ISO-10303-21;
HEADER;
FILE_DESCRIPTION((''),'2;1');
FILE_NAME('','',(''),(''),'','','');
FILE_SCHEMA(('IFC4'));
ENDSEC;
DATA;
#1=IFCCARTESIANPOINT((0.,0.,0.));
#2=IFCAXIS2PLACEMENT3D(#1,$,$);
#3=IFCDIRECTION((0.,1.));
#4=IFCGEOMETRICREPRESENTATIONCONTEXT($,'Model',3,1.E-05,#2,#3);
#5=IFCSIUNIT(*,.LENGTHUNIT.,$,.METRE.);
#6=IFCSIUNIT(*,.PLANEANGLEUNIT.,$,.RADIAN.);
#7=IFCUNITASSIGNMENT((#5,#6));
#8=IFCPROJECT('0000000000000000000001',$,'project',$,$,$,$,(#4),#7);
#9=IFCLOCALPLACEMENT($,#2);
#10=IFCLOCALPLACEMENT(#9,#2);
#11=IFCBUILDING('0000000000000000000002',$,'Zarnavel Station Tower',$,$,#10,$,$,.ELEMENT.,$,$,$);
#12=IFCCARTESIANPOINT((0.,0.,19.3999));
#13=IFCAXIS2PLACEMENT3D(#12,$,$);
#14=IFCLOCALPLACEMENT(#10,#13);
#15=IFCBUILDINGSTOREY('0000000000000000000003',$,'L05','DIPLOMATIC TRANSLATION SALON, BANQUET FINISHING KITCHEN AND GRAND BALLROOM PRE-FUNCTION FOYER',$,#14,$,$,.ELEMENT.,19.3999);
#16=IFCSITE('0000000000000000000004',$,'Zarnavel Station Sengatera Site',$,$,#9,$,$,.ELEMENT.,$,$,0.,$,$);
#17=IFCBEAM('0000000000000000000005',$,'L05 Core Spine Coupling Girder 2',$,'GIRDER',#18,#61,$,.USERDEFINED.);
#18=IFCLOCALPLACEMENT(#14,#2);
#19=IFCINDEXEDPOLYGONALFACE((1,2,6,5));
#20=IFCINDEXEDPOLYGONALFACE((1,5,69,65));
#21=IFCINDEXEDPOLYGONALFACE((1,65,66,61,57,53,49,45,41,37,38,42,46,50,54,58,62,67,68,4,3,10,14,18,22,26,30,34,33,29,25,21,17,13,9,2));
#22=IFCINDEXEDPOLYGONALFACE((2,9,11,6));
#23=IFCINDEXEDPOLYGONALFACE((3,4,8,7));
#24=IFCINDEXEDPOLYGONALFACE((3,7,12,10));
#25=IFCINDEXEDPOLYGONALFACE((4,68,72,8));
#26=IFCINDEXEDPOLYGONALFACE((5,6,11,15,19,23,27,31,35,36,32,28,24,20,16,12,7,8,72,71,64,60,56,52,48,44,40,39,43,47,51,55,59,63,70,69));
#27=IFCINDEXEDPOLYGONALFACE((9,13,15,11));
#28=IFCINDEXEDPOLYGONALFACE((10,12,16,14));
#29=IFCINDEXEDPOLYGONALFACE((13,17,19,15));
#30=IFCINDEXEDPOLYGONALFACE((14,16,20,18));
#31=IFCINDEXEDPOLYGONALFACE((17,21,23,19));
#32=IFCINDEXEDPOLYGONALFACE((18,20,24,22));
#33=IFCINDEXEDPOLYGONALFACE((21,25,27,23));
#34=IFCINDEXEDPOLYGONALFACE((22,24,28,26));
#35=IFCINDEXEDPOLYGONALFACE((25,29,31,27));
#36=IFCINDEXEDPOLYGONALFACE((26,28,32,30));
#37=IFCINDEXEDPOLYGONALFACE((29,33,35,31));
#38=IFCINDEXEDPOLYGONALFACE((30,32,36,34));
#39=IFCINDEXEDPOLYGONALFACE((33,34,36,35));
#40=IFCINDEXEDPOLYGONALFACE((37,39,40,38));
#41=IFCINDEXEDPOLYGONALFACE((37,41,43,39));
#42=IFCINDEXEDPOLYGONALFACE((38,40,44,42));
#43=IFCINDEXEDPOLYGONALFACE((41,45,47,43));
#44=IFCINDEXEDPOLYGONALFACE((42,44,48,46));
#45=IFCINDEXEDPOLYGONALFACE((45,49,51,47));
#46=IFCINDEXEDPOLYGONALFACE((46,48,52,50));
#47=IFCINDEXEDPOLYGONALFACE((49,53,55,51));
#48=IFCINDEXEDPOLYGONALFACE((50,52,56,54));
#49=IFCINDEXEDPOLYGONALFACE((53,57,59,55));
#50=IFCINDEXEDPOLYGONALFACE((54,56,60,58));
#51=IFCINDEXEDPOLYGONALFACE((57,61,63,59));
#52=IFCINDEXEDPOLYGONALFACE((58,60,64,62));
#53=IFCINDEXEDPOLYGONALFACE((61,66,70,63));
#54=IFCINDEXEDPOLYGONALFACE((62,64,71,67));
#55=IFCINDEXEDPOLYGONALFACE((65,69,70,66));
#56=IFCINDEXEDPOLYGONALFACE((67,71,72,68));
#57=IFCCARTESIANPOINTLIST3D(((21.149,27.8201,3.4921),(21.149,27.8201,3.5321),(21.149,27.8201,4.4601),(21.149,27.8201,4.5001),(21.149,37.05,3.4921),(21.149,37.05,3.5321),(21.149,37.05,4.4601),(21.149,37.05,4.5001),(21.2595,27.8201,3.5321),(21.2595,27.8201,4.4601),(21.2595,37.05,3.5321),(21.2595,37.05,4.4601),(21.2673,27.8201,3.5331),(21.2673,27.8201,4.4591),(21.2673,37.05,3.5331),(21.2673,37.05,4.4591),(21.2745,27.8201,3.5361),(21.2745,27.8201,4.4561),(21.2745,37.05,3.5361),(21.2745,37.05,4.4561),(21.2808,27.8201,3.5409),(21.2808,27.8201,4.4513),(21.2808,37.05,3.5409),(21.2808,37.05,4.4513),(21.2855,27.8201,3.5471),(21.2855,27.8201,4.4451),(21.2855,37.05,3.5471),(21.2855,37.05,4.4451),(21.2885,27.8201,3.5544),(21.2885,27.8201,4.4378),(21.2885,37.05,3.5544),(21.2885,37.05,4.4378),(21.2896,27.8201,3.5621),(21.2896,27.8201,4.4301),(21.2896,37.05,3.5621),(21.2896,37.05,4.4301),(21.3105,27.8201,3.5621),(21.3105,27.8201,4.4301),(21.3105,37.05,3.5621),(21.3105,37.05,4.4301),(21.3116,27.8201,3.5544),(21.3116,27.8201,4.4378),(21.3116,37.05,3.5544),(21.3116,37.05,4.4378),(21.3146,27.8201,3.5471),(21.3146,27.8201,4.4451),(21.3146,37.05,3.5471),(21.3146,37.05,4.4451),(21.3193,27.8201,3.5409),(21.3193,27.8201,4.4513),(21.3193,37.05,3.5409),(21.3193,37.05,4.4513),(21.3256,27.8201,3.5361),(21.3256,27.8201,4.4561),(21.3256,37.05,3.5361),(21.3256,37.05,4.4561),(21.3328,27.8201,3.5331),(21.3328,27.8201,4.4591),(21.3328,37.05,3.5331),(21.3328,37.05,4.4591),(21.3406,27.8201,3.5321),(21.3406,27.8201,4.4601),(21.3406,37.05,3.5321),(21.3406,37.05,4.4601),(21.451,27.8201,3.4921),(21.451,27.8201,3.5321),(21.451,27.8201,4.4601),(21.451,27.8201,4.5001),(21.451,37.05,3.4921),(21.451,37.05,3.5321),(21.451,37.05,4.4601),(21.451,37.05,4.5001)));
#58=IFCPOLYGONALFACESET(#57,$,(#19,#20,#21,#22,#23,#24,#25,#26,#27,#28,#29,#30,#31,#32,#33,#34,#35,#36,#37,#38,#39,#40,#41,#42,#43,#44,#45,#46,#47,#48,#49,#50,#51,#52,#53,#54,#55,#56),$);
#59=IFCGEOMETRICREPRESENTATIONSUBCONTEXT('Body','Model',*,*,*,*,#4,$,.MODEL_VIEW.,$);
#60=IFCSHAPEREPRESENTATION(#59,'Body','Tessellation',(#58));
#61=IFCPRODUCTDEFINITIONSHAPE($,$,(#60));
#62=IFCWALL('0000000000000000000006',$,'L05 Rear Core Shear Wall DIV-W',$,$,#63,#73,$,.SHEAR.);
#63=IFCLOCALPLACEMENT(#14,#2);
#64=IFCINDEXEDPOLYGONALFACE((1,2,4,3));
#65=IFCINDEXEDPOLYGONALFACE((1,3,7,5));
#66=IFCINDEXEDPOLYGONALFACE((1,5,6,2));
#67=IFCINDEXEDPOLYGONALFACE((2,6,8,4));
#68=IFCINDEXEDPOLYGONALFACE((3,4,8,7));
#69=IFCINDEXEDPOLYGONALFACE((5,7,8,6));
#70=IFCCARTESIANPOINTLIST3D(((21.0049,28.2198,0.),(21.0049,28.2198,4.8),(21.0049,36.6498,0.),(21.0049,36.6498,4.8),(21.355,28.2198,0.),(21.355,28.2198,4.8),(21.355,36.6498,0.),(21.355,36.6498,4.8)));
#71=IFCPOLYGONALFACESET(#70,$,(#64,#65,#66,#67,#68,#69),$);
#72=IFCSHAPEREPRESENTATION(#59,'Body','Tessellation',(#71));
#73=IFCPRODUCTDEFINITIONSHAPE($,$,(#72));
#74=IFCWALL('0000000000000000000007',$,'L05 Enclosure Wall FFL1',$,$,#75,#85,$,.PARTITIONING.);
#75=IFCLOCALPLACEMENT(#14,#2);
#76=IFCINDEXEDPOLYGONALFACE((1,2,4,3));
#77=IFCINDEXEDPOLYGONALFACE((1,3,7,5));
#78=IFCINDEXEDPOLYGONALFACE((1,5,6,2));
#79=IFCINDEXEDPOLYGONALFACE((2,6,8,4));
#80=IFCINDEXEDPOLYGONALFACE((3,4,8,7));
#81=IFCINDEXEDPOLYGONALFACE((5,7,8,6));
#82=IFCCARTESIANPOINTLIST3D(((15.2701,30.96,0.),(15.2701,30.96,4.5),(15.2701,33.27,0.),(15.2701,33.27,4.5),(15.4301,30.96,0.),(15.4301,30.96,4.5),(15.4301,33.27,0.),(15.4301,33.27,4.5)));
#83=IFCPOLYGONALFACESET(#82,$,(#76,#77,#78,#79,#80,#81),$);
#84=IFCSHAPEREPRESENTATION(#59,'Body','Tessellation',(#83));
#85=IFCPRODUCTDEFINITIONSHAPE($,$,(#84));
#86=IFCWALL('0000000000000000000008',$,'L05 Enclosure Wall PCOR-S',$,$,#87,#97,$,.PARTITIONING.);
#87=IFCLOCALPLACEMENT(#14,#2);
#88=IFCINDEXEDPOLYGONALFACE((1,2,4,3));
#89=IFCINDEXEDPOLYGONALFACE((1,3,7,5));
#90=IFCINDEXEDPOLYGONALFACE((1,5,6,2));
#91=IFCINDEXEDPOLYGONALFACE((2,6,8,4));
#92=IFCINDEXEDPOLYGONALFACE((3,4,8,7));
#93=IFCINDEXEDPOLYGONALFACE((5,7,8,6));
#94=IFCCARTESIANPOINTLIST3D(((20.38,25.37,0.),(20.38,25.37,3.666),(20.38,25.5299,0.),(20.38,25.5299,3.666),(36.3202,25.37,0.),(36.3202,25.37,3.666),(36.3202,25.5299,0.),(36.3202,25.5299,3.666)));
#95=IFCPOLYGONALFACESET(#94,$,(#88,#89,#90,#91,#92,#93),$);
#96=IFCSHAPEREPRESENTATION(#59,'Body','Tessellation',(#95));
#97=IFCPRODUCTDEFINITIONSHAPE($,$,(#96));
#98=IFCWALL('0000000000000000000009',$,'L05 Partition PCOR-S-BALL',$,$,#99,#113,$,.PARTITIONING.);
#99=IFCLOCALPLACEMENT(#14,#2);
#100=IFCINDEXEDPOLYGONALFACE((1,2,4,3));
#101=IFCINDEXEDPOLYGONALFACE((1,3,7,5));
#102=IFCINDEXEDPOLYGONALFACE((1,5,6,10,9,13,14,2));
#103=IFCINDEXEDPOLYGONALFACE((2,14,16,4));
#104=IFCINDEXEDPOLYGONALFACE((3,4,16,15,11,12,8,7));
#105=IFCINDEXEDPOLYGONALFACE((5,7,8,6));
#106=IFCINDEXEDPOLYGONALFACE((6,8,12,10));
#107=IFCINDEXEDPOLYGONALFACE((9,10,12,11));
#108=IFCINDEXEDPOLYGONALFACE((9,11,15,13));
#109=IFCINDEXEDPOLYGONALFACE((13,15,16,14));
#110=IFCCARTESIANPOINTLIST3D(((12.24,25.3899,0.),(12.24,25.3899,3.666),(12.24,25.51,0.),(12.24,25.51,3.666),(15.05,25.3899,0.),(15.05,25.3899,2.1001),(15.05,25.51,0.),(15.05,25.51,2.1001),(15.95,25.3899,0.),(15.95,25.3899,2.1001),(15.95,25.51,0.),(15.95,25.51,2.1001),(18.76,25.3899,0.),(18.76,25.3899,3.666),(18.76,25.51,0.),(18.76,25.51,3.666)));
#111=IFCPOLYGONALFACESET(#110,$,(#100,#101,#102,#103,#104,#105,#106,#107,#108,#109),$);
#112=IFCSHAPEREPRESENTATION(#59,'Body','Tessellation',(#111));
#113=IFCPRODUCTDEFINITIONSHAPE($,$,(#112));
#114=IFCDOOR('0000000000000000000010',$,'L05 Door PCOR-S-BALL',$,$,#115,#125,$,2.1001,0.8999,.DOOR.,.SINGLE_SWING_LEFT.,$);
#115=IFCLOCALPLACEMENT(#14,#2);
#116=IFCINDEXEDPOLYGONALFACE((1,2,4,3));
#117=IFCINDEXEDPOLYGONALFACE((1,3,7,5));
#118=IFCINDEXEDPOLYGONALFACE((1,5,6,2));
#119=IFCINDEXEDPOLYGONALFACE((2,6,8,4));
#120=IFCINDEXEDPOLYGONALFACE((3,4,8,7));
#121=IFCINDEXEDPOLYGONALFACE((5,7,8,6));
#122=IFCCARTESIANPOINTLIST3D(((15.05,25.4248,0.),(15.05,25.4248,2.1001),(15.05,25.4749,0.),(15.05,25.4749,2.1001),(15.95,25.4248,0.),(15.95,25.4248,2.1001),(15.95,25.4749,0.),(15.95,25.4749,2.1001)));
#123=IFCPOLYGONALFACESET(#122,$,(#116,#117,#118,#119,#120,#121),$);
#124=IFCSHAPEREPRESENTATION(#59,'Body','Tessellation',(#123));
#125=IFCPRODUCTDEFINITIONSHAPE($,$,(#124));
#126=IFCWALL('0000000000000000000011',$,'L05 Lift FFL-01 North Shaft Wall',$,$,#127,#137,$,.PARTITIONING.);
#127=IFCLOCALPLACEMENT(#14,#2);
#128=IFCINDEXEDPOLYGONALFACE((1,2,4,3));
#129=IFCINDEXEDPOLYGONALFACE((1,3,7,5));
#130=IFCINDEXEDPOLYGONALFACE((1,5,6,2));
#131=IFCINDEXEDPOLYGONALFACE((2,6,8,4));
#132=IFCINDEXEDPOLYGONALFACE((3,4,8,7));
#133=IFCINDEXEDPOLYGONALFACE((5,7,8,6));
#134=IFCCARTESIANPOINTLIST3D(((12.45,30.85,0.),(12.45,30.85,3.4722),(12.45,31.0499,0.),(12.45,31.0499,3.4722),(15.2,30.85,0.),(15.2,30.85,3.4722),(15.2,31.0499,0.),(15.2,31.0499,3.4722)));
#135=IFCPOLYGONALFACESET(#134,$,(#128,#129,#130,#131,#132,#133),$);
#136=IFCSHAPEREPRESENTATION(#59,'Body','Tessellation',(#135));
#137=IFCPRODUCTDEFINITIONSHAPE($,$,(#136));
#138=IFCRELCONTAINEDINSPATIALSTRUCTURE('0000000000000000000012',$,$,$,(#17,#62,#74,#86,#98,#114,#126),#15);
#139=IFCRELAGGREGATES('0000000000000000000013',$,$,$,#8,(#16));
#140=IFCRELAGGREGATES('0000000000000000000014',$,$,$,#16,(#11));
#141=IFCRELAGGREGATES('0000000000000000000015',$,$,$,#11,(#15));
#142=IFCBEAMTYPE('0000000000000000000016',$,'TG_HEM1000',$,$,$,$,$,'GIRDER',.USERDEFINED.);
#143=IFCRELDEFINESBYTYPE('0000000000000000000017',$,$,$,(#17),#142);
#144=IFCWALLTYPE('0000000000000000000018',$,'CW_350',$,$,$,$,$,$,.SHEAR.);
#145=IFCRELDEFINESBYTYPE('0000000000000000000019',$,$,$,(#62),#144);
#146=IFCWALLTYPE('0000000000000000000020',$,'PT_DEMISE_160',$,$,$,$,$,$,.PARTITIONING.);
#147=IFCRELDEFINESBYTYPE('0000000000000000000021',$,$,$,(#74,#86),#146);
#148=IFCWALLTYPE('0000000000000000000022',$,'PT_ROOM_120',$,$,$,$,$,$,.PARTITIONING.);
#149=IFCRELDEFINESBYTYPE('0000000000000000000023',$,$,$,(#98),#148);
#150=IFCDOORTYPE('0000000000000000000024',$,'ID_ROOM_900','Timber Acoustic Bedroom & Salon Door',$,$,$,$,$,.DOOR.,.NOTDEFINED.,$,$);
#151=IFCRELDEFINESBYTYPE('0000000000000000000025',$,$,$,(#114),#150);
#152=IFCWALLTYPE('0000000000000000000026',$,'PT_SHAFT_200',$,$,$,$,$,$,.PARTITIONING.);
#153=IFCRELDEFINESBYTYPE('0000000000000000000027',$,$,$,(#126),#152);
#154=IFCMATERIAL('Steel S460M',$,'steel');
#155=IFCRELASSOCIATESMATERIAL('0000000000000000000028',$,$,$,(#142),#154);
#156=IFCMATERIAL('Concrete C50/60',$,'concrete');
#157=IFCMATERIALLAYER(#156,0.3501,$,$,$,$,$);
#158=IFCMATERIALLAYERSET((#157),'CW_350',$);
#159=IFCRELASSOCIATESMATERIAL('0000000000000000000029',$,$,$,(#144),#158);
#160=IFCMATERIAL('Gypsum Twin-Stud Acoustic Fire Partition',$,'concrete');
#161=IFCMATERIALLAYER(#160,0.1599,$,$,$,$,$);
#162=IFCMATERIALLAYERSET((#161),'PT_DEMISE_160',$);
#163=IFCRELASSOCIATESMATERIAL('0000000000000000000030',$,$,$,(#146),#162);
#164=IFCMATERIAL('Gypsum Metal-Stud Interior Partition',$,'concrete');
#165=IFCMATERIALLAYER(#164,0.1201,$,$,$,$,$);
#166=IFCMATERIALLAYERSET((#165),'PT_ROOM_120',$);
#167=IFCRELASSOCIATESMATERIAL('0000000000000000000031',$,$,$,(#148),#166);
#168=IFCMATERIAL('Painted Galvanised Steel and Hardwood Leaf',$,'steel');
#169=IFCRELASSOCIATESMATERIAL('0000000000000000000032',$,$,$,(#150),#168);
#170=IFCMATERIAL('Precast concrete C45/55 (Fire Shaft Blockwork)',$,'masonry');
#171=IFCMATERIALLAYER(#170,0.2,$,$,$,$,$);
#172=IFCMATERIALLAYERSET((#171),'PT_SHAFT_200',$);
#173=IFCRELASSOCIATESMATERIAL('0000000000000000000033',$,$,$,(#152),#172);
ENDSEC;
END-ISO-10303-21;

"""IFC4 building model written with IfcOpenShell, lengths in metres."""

from ifc_helpers import new_model, si_unit, direction, frame, frame_2d, origin, origin_2d, place, context, subcontext, project, spatial, rectangle, i_section, extrude, material, layer, layer_set, material_profile, profile_set, type_object, element, fill, save


model = new_model("IFC4")

# Units and contexts
model_context = context("Model", 3, precision=1e-05, world=origin(), true_north=direction((0.0, 1.0)))
body_context = subcontext(model_context, "Body", "Model", "MODEL_VIEW")
ifc_project = project(units=[si_unit("LENGTHUNIT", "METRE"), si_unit("PLANEANGLEUNIT", "RADIAN")], contexts=[model_context])

# Site, building, storey
site_placement = place(None, origin())
site = spatial("IfcSite", under=ifc_project, at=site_placement, Name="Zarnavel Station Sengatera Site", CompositionType="ELEMENT", RefElevation=0.0)
building_placement = place(site_placement, origin())
building = spatial("IfcBuilding", under=site, at=building_placement, Name="Zarnavel Station Tower", CompositionType="ELEMENT")
storey_placement = place(building_placement, frame((0.0, 0.0, 19.3999)))
storey = spatial("IfcBuildingStorey", under=building, at=storey_placement, Name="L05", Description="DIPLOMATIC TRANSLATION SALON, BANQUET FINISHING KITCHEN AND GRAND BALLROOM PRE-FUNCTION FOYER", CompositionType="ELEMENT", Elevation=19.3999)

# Beam
ifc_material_1 = material(Name="Steel S460M", Category="steel")
ifc_material_profile_1 = material_profile(ifc_material_1, i_section(OverallWidth=0.302, OverallDepth=1.0081, WebThickness=0.021, FlangeThickness=0.04, FilletRadius=0.03, at=origin_2d()), Name="HEM1000")
ifc_profile_set_1 = profile_set([ifc_material_profile_1], Name="Steel S460M")
beam_type_1 = type_object("IfcBeamType", Name="TG_HEM1000", ElementType="GIRDER", PredefinedType="USERDEFINED", material=ifc_profile_set_1)
for number, where, z_axis, x_axis, name in (
    (1, (21.3, 27.8201, 3.9961), (0.0, 1.0, 0.0), (-1.0, 0.0, 0.0), "L05 Core Spine Coupling Girder 2"),
):
    element("IfcBeam", number, at=place(storey_placement, frame(where, z_axis=z_axis, x_axis=x_axis)), inside=storey, type_object=beam_type_1, Name=name, ObjectType="GIRDER", PredefinedType="USERDEFINED", context=body_context, shape_type="SweptSolid", body=[
        extrude(i_section(OverallWidth=0.302, OverallDepth=1.0081, WebThickness=0.021, FlangeThickness=0.04, FilletRadius=0.03, at=origin_2d()), origin(), (0.0, 0.0, 1.0), 9.23),
    ])

# Wall
ifc_material_2 = material(Name="Concrete C50/60", Category="concrete")
ifc_layer_1 = layer(ifc_material_2, 0.3501)
ifc_layer_set_1 = layer_set([ifc_layer_1], Name="CW_350")
wall_type_1 = type_object("IfcWallType", Name="CW_350", PredefinedType="SHEAR", material=ifc_layer_set_1)
wall_1_placement = place(storey_placement, frame((21.1799, 28.22, 0.0), z_axis=(0.0, 0.0, 1.0), x_axis=(0.0, 1.0, 0.0)))
element("IfcWall", 2, at=wall_1_placement, inside=storey, type_object=wall_type_1, Name="L05 Rear Core Shear Wall DIV-W", PredefinedType="SHEAR", context=body_context, shape_type="SweptSolid", body=[
    extrude(rectangle(XDim=8.4299, YDim=0.3501, at=frame_2d((4.2148, 0.0))), origin(), (0.0, 0.0, 1.0), 4.8),
])

# Walls
ifc_material_3 = material(Name="Gypsum Twin-Stud Acoustic Fire Partition", Category="concrete")
ifc_layer_2 = layer(ifc_material_3, 0.1599)
ifc_layer_set_2 = layer_set([ifc_layer_2], Name="PT_DEMISE_160")
wall_type_2 = type_object("IfcWallType", Name="PT_DEMISE_160", PredefinedType="PARTITIONING", material=ifc_layer_set_2)
wall_2_placement = place(storey_placement, frame((15.3501, 30.96, 0.0), z_axis=(0.0, 0.0, 1.0), x_axis=(0.0, 1.0, 0.0)))
element("IfcWall", 3, at=wall_2_placement, inside=storey, type_object=wall_type_2, Name="L05 Enclosure Wall FFL1", PredefinedType="PARTITIONING", context=body_context, shape_type="SweptSolid", body=[
    extrude(rectangle(XDim=2.3101, YDim=0.1599, at=frame_2d((1.155, 0.0))), origin(), (0.0, 0.0, 1.0), 4.5),
])
wall_3_placement = place(storey_placement, frame((20.3799, 25.45, 0.0), z_axis=(0.0, 0.0, 1.0), x_axis=(1.0, 0.0, 0.0)))
element("IfcWall", 4, at=wall_3_placement, inside=storey, type_object=wall_type_2, Name="L05 Enclosure Wall PCOR-S", PredefinedType="PARTITIONING", context=body_context, shape_type="SweptSolid", body=[
    extrude(rectangle(XDim=15.9402, YDim=0.1599, at=frame_2d((7.9702, 0.0))), origin(), (0.0, 0.0, 1.0), 3.666),
])

# Wall, opening, door
ifc_material_4 = material(Name="Gypsum Metal-Stud Interior Partition", Category="concrete")
ifc_layer_3 = layer(ifc_material_4, 0.1201)
ifc_layer_set_3 = layer_set([ifc_layer_3], Name="PT_ROOM_120")
wall_type_3 = type_object("IfcWallType", Name="PT_ROOM_120", PredefinedType="PARTITIONING", material=ifc_layer_set_3)
wall_4_placement = place(storey_placement, frame((12.24, 25.45, 0.0), z_axis=(0.0, 0.0, 1.0), x_axis=(1.0, 0.0, 0.0)))
wall_4 = element("IfcWall", 5, at=wall_4_placement, inside=storey, type_object=wall_type_3, Name="L05 Partition PCOR-S-BALL", PredefinedType="PARTITIONING", context=body_context, shape_type="SweptSolid", body=[
    extrude(rectangle(XDim=6.52, YDim=0.1201, at=frame_2d((3.26, 0.0))), origin(), (0.0, 0.0, 1.0), 3.666),
])
opening_1_placement = place(wall_4_placement, frame((2.8101, 0.0, 0.0)))
opening_1 = element("IfcOpeningElement", 6, at=opening_1_placement, cuts=wall_4, PredefinedType="OPENING", context=body_context, shape_type="SweptSolid", body=[
    extrude(rectangle(XDim=0.8999, YDim=2.1001, at=frame_2d((0.45, 1.05))), frame((0.0, 0.0701, 0.0), z_axis=(0.0, -1.0, 0.0), x_axis=(1.0, 0.0, 0.0)), (0.0, 0.0, 1.0), 0.1401),
])
ifc_material_5 = material(Name="Painted Galvanised Steel and Hardwood Leaf", Category="steel")
door_type_1 = type_object("IfcDoorType", Name="ID_ROOM_900", Description="Timber Acoustic Bedroom & Salon Door", OperationType="NOTDEFINED", PredefinedType="DOOR", material=ifc_material_5)
door_1_placement = place(opening_1_placement, origin())
door_1 = element("IfcDoor", 7, at=door_1_placement, inside=storey, type_object=door_type_1, Name="L05 Door PCOR-S-BALL", OperationType="SINGLE_SWING_LEFT", OverallHeight=2.1001, OverallWidth=0.8999, PredefinedType="DOOR", context=body_context, shape_type="SweptSolid", body=[
    extrude(rectangle(XDim=0.8999, YDim=2.1001, at=frame_2d((0.45, 1.05))), frame((0.0, 0.0249, 0.0), z_axis=(0.0, -1.0, 0.0), x_axis=(1.0, 0.0, 0.0)), (0.0, 0.0, 1.0), 0.05),
])
fill(opening_1, door_1)
ifc_material_6 = material(Name="Precast concrete C45/55 (Fire Shaft Blockwork)", Category="masonry")
ifc_layer_4 = layer(ifc_material_6, 0.2)
ifc_layer_set_4 = layer_set([ifc_layer_4], Name="PT_SHAFT_200")
wall_type_4 = type_object("IfcWallType", Name="PT_SHAFT_200", PredefinedType="PARTITIONING", material=ifc_layer_set_4)

# Wall
wall_5_placement = place(storey_placement, frame((12.45, 30.95, 0.0), z_axis=(0.0, 0.0, 1.0), x_axis=(1.0, 0.0, 0.0)))
element("IfcWall", 8, at=wall_5_placement, inside=storey, type_object=wall_type_4, Name="L05 Lift FFL-01 North Shaft Wall", PredefinedType="PARTITIONING", context=body_context, shape_type="SweptSolid", body=[
    extrude(rectangle(XDim=2.75, YDim=0.2, at=frame_2d((1.375, 0.0))), origin(), (0.0, 0.0, 1.0), 3.4722),
])

save(model, "model.ifc")
